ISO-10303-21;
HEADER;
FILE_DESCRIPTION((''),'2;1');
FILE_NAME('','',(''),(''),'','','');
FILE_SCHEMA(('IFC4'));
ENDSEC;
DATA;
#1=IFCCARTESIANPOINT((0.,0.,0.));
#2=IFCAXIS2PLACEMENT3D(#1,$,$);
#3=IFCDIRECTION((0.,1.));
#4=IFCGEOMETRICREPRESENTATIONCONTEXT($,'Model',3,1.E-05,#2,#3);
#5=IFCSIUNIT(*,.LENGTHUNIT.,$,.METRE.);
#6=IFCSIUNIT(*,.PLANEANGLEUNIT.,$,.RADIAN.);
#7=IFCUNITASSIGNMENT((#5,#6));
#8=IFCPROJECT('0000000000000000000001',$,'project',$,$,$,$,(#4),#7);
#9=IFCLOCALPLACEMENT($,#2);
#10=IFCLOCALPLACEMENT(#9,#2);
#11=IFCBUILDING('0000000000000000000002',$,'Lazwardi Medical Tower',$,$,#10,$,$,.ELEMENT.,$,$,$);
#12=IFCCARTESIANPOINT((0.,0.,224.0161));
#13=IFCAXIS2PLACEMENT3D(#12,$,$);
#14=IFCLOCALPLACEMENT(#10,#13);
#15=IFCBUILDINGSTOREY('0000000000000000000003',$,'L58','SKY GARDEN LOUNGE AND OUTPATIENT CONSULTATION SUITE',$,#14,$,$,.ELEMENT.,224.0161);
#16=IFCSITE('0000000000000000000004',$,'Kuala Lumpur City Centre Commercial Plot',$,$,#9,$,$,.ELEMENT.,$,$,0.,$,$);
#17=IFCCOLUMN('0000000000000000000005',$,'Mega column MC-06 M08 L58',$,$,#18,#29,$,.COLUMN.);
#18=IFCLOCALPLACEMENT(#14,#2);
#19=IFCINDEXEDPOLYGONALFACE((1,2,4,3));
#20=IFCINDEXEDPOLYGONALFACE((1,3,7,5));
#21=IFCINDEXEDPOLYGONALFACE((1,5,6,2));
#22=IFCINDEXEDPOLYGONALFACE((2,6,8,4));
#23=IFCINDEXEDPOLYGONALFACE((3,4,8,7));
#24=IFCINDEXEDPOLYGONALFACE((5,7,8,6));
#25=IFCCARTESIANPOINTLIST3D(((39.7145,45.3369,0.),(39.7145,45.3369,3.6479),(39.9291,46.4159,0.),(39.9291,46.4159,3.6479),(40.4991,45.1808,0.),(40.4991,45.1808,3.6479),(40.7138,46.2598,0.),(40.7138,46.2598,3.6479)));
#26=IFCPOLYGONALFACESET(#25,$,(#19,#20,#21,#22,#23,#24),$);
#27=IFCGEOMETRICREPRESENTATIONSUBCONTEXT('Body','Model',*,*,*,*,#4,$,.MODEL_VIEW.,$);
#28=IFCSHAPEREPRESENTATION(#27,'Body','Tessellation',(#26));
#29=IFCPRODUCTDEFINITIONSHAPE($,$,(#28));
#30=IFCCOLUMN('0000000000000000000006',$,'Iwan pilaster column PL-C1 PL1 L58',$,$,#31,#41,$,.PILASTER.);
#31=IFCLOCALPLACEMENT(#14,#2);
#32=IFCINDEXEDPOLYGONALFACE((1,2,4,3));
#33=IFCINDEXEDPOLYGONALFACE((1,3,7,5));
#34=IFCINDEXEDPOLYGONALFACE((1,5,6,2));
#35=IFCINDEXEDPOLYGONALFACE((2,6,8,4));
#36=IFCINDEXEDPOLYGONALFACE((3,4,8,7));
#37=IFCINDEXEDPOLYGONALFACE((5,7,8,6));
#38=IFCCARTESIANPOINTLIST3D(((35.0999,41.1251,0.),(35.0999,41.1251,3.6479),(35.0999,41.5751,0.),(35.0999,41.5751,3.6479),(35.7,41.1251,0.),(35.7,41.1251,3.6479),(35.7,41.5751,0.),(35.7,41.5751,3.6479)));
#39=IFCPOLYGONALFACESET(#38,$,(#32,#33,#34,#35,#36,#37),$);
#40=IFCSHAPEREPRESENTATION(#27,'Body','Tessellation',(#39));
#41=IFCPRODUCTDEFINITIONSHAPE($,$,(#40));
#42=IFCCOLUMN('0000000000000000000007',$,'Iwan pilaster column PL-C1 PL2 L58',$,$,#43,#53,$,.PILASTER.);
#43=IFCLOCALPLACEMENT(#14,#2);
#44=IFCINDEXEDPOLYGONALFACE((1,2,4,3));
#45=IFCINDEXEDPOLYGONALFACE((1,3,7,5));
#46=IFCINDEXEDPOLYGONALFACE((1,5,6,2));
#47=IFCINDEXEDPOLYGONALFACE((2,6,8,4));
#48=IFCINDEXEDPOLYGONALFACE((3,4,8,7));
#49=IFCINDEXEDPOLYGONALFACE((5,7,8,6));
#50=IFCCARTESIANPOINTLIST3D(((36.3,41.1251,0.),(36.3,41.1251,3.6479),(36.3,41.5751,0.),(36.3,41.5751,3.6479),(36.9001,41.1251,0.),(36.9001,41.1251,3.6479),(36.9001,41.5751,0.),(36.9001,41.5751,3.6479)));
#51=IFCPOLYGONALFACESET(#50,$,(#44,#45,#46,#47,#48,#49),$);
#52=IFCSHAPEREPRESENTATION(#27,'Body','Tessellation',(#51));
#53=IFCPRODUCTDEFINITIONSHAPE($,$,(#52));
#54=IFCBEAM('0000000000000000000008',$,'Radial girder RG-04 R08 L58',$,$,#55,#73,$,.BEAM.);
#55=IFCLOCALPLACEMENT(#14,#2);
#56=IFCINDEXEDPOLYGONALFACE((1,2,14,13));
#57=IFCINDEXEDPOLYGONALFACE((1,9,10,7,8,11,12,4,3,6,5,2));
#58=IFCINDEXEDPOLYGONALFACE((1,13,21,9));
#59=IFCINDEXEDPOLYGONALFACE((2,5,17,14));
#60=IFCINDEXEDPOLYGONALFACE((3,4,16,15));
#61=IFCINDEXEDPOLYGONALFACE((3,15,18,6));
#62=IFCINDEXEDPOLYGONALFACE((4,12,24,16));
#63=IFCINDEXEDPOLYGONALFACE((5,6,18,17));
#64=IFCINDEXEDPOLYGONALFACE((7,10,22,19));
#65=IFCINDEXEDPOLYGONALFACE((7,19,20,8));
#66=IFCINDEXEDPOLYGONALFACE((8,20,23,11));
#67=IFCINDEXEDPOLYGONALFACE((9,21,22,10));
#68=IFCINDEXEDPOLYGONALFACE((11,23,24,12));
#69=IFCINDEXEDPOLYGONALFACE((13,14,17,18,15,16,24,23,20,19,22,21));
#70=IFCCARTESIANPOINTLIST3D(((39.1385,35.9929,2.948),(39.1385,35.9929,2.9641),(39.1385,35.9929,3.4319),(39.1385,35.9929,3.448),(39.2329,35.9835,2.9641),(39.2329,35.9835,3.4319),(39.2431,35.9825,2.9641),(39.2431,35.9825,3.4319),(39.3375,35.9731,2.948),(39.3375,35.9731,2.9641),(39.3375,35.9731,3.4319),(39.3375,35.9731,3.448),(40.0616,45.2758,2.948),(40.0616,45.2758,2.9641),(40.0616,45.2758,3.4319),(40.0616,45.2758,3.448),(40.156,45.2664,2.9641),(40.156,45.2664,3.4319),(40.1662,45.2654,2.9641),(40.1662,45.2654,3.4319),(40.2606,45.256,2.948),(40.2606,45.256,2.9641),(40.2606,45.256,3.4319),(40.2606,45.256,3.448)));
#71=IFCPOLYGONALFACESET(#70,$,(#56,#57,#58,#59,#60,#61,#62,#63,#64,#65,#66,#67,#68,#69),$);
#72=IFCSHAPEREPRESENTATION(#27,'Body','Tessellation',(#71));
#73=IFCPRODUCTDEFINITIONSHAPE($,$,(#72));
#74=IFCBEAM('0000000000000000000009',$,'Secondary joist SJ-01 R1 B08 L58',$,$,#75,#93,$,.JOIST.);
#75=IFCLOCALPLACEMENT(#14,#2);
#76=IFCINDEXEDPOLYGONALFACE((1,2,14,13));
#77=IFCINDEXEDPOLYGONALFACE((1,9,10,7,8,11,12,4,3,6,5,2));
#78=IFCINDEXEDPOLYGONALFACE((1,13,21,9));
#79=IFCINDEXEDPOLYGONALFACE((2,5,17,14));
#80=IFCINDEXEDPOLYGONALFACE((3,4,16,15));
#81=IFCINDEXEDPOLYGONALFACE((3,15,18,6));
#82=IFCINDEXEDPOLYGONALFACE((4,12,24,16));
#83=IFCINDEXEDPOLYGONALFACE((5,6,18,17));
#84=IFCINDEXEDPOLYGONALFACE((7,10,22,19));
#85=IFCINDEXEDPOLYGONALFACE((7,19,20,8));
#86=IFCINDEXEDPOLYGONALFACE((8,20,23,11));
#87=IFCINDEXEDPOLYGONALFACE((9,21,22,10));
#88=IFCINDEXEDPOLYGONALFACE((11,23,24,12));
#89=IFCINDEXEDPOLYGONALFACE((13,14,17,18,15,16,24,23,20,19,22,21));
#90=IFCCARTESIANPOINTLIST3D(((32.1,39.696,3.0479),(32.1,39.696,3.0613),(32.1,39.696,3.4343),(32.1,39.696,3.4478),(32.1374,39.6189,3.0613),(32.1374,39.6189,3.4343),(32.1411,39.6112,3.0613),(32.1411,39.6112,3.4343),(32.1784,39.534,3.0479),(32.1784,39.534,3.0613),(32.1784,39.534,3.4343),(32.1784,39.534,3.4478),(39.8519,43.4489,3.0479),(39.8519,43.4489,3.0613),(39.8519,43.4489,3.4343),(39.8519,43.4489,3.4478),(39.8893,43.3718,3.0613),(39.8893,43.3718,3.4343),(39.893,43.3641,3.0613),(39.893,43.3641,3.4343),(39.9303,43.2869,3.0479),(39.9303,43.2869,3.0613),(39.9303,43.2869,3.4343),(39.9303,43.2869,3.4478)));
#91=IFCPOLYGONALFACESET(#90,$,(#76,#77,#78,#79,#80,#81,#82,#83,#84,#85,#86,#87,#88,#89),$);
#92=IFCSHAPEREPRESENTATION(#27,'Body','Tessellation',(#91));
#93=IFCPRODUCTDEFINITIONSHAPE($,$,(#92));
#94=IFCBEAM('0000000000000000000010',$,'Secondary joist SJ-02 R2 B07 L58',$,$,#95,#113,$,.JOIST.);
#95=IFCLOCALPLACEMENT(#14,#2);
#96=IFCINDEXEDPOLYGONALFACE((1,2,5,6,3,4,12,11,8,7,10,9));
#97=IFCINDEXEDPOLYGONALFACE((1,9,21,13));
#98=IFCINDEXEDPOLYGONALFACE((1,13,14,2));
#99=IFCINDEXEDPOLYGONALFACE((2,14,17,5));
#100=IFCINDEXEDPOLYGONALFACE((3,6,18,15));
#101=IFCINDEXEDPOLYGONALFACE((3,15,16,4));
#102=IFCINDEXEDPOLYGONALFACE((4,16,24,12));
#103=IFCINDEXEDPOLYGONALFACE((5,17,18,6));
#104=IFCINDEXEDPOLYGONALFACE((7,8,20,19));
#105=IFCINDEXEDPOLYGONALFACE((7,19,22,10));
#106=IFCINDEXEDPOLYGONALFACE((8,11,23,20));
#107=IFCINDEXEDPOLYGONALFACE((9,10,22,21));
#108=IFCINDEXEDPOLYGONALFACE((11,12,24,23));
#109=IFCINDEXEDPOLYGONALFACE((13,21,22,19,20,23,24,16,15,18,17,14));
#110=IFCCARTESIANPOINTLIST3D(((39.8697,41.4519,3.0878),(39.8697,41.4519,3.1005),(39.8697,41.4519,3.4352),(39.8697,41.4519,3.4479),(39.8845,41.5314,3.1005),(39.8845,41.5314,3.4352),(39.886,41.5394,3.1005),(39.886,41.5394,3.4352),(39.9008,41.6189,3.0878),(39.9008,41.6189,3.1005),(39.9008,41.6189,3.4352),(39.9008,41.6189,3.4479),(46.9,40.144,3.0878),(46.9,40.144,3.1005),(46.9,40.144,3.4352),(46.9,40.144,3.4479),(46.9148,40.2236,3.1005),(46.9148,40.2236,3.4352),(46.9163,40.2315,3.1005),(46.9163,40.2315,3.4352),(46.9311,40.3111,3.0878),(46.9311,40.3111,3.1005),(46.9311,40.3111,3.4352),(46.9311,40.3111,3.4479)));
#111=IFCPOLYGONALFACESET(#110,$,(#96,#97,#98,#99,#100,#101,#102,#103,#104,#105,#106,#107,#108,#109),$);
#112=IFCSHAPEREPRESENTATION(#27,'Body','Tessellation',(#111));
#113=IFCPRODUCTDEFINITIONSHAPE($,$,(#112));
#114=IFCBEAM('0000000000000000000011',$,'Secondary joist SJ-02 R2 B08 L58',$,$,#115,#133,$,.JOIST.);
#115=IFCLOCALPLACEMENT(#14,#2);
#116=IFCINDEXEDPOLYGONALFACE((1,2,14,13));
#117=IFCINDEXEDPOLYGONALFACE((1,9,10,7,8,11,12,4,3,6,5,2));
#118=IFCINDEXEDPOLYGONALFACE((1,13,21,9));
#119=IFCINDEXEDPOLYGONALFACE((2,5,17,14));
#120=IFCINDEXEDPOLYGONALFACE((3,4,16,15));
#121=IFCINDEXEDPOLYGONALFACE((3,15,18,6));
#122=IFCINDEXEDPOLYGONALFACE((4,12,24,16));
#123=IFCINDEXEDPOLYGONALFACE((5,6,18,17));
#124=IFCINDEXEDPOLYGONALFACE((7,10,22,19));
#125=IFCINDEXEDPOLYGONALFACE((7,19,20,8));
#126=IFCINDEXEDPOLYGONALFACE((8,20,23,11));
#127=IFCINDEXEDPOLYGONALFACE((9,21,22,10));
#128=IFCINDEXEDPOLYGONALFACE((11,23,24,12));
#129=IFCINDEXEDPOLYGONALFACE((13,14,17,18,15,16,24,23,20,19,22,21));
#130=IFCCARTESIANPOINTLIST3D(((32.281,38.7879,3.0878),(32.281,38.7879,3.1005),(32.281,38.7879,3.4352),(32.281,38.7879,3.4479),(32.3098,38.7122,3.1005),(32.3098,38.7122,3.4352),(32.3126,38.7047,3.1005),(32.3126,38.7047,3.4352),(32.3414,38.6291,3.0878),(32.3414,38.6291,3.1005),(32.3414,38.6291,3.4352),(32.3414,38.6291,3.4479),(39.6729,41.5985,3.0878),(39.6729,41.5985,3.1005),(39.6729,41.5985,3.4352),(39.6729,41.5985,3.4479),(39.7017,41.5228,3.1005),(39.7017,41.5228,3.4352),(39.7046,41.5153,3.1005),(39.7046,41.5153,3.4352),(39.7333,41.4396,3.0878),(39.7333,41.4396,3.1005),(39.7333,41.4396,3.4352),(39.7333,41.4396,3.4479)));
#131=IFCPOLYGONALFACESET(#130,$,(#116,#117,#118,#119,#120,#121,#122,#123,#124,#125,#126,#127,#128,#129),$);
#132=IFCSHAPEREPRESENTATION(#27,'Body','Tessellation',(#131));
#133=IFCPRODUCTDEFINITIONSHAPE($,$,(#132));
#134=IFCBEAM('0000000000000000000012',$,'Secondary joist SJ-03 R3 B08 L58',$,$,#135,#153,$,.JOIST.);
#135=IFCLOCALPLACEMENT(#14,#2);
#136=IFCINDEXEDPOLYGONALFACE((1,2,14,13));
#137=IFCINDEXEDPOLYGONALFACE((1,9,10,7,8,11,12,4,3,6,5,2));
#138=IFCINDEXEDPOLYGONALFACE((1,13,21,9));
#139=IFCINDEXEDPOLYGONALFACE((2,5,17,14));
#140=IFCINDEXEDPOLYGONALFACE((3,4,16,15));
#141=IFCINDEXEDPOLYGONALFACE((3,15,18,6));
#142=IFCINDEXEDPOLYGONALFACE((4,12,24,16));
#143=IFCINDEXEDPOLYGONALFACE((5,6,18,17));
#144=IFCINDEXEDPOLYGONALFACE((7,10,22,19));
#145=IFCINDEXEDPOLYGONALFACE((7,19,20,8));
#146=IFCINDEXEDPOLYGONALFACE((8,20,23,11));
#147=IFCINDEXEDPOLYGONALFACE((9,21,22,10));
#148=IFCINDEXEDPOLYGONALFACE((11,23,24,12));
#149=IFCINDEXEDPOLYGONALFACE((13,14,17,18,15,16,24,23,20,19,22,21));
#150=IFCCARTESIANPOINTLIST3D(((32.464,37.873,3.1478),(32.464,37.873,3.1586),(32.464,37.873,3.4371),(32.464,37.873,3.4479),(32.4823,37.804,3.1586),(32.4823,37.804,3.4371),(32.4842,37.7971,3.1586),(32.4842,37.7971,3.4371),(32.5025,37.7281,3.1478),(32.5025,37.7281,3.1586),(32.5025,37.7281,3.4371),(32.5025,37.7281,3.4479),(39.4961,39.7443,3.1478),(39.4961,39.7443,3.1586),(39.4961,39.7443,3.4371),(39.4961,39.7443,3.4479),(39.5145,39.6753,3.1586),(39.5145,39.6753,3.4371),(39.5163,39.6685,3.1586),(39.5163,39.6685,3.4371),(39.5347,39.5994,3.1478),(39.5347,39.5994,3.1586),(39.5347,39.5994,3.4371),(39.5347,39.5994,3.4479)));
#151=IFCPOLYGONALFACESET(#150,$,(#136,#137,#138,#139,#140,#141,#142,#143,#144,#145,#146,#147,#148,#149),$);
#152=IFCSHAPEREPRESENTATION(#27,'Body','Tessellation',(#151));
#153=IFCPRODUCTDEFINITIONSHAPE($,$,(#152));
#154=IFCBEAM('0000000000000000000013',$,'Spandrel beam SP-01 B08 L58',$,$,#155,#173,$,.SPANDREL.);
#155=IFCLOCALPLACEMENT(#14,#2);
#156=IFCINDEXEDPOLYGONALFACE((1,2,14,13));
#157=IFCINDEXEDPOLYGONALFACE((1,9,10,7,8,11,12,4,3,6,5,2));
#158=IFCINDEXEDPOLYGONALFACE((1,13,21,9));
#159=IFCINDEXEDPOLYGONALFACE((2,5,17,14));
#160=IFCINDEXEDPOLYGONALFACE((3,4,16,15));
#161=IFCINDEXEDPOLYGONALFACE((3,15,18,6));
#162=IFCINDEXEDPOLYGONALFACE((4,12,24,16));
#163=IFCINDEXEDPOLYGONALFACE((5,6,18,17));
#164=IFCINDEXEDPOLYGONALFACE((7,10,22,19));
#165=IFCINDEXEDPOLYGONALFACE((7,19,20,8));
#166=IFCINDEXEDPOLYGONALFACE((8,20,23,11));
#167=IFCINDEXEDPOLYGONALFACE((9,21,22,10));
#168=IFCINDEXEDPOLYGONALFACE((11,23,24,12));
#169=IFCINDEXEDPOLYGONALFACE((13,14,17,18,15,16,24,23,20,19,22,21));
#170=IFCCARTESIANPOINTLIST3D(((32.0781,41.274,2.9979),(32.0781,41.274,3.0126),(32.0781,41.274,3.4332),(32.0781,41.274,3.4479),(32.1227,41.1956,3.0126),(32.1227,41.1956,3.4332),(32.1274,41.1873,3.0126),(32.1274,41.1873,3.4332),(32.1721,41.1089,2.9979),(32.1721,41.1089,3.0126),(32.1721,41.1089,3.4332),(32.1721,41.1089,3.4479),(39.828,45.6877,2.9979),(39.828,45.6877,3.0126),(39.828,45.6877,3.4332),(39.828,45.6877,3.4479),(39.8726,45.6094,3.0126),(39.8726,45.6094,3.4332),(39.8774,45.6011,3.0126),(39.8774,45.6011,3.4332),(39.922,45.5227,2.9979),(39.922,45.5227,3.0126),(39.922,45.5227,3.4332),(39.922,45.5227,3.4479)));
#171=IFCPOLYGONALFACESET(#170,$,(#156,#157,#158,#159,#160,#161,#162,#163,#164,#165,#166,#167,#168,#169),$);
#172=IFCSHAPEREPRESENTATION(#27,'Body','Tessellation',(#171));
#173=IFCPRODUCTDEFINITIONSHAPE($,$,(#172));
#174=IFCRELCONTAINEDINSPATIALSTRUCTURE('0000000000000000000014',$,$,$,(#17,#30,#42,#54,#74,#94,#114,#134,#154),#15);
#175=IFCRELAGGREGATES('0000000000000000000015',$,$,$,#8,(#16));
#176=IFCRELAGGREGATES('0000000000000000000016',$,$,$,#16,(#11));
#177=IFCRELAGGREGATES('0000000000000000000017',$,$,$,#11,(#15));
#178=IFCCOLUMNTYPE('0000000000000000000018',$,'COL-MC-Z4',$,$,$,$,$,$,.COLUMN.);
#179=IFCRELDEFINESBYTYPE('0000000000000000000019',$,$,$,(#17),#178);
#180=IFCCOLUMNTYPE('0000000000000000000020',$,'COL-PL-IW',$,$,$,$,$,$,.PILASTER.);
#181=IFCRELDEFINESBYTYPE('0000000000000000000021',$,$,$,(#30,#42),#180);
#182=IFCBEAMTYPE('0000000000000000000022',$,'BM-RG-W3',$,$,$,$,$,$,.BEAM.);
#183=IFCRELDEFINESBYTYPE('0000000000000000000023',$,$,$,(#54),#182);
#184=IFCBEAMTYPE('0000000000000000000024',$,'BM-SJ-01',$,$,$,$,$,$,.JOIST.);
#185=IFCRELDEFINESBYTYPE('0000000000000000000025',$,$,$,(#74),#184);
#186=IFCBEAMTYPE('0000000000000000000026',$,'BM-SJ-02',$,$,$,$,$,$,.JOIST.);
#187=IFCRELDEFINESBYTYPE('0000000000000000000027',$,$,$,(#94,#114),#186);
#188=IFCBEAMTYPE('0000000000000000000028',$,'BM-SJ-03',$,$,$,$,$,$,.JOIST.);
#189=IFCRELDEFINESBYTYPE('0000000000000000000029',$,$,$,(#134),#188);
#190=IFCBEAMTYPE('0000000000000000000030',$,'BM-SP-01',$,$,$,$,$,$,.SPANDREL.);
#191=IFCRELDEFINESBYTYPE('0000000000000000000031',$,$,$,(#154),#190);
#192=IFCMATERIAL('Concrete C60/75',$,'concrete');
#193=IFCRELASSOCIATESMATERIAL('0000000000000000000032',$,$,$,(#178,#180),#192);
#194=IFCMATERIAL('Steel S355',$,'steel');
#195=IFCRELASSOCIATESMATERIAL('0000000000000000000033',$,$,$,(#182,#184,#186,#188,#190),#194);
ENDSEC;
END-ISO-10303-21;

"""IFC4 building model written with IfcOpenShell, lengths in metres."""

from ifc_helpers import new_model, si_unit, direction, frame, origin, origin_2d, place, context, subcontext, project, spatial, rectangle, i_section, extrude, material, material_profile, profile_set, type_object, element, save


model = new_model("IFC4")

# Units and contexts
model_context = context("Model", 3, precision=1e-05, world=origin(), true_north=direction((0.0, 1.0)))
body_context = subcontext(model_context, "Body", "Model", "MODEL_VIEW")
ifc_project = project(units=[si_unit("LENGTHUNIT", "METRE"), si_unit("PLANEANGLEUNIT", "RADIAN")], contexts=[model_context])

# Site, building, storey
site_placement = place(None, origin())
site = spatial("IfcSite", under=ifc_project, at=site_placement, Name="Kuala Lumpur City Centre Commercial Plot", CompositionType="ELEMENT", RefElevation=0.0)
building_placement = place(site_placement, origin())
building = spatial("IfcBuilding", under=site, at=building_placement, Name="Lazwardi Medical Tower", CompositionType="ELEMENT")
storey_placement = place(building_placement, frame((0.0, 0.0, 224.0161)))
storey = spatial("IfcBuildingStorey", under=building, at=storey_placement, Name="L58", Description="SKY GARDEN LOUNGE AND OUTPATIENT CONSULTATION SUITE", CompositionType="ELEMENT", Elevation=224.0161)

# Columns
ifc_material_1 = material(Name="Concrete C60/75", Category="concrete")
ifc_material_profile_1 = material_profile(ifc_material_1, rectangle(XDim=1.1001, YDim=0.8, at=origin_2d()), Name="CFT-RECT 1100x800")
ifc_profile_set_1 = profile_set([ifc_material_profile_1], Name="Concrete C60/75")
column_type_1 = type_object("IfcColumnType", Name="COL-MC-Z4", PredefinedType="COLUMN", material=ifc_profile_set_1)
column_placement = place(storey_placement, frame((40.2141, 45.7983, 0.0), z_axis=(0.0, 0.0, 1.0), x_axis=(0.19509, 0.980785, 0.0)))
element("IfcColumn", 1, at=column_placement, inside=storey, type_object=column_type_1, Name="Mega column MC-06 M08 L58", PredefinedType="COLUMN", context=body_context, shape_type="SweptSolid", body=[
    extrude(rectangle(XDim=1.1001, YDim=0.8, at=origin_2d()), origin(), (0.0, 0.0, 1.0), 3.6479),
])
ifc_material_profile_2 = material_profile(ifc_material_1, rectangle(XDim=0.6001, YDim=0.45, at=origin_2d()), Name="RC 600x450")
ifc_profile_set_2 = profile_set([ifc_material_profile_2], Name="Concrete C60/75")
column_type_2 = type_object("IfcColumnType", Name="COL-PL-IW", PredefinedType="PILASTER", material=ifc_profile_set_2)
for number, where, z_axis, x_axis, name in (
    (2, (35.3999, 41.3501, 0.0), (0.0, 0.0, 1.0), (1.0, 0.0, 0.0), "Iwan pilaster column PL-C1 PL1 L58"),
    (3, (36.6001, 41.3501, 0.0), (0.0, 0.0, 1.0), (1.0, 0.0, 0.0), "Iwan pilaster column PL-C1 PL2 L58"),
):
    element("IfcColumn", number, at=place(storey_placement, frame(where, z_axis=z_axis, x_axis=x_axis)), inside=storey, type_object=column_type_2, Name=name, PredefinedType="PILASTER", context=body_context, shape_type="SweptSolid", body=[
        extrude(rectangle(XDim=0.6001, YDim=0.45, at=origin_2d()), origin(), (0.0, 0.0, 1.0), 3.6479),
    ])

# Beams
ifc_material_2 = material(Name="Steel S355", Category="steel")
ifc_material_profile_3 = material_profile(ifc_material_2, i_section(OverallWidth=0.2, OverallDepth=0.5, WebThickness=0.0103, FlangeThickness=0.0161, at=origin_2d()), Name="IPE 500")
ifc_profile_set_3 = profile_set([ifc_material_profile_3], Name="Steel S355")
beam_type_1 = type_object("IfcBeamType", Name="BM-RG-W3", PredefinedType="BEAM", material=ifc_profile_set_3)
beam_1_placement = place(storey_placement, frame((40.1611, 45.2659, 3.198), z_axis=(-0.098954, -0.995092, 0.0), x_axis=(0.995092, -0.098954, 0.0)))
element("IfcBeam", 4, at=beam_1_placement, inside=storey, type_object=beam_type_1, Name="Radial girder RG-04 R08 L58", PredefinedType="BEAM", context=body_context, shape_type="SweptSolid", body=[
    extrude(i_section(OverallWidth=0.2, OverallDepth=0.5, WebThickness=0.0103, FlangeThickness=0.0161, at=origin_2d()), origin(), (0.0, 0.0, 1.0), 9.3286),
])
ifc_material_profile_4 = material_profile(ifc_material_2, i_section(OverallWidth=0.1799, OverallDepth=0.3999, WebThickness=0.0085, FlangeThickness=0.0134, at=origin_2d()), Name="IPE 400")
ifc_profile_set_4 = profile_set([ifc_material_profile_4], Name="Steel S355")
beam_type_2 = type_object("IfcBeamType", Name="BM-SJ-01", PredefinedType="JOIST", material=ifc_profile_set_4)
beam_2_placement = place(storey_placement, frame((39.8911, 43.3679, 3.2478), z_axis=(-0.900069, -0.435748, 0.0), x_axis=(0.435748, -0.900069, 0.0)))
element("IfcBeam", 5, at=beam_2_placement, inside=storey, type_object=beam_type_2, Name="Secondary joist SJ-01 R1 B08 L58", PredefinedType="JOIST", context=body_context, shape_type="SweptSolid", body=[
    extrude(i_section(OverallWidth=0.1799, OverallDepth=0.3999, WebThickness=0.0085, FlangeThickness=0.0134, at=origin_2d()), origin(), (0.0, 0.0, 1.0), 8.6125),
])
ifc_material_profile_5 = material_profile(ifc_material_2, i_section(OverallWidth=0.1699, OverallDepth=0.3601, WebThickness=0.0081, FlangeThickness=0.0127, at=origin_2d()), Name="IPE 360")
ifc_profile_set_5 = profile_set([ifc_material_profile_5], Name="Steel S355")
beam_type_3 = type_object("IfcBeamType", Name="BM-SJ-02", PredefinedType="JOIST", material=ifc_profile_set_5)
beam_3_placement = place(storey_placement, frame((46.9155, 40.2275, 3.2678), z_axis=(-0.983132, 0.182895, 0.0), x_axis=(-0.182895, -0.983132, 0.0)))
element("IfcBeam", 6, at=beam_3_placement, inside=storey, type_object=beam_type_3, Name="Secondary joist SJ-02 R2 B07 L58", PredefinedType="JOIST", context=body_context, shape_type="SweptSolid", body=[
    extrude(i_section(OverallWidth=0.1699, OverallDepth=0.3601, WebThickness=0.0081, FlangeThickness=0.0127, at=origin_2d()), origin(), (0.0, 0.0, 1.0), 7.1509),
])
beam_4_placement = place(storey_placement, frame((39.7031, 41.519, 3.2678), z_axis=(-0.934714, -0.3554, 0.0), x_axis=(0.3554, -0.934714, 0.0)))
element("IfcBeam", 7, at=beam_4_placement, inside=storey, type_object=beam_type_3, Name="Secondary joist SJ-02 R2 B08 L58", PredefinedType="JOIST", context=body_context, shape_type="SweptSolid", body=[
    extrude(i_section(OverallWidth=0.1699, OverallDepth=0.3601, WebThickness=0.0081, FlangeThickness=0.0127, at=origin_2d()), origin(), (0.0, 0.0, 1.0), 7.9082),
])
ifc_material_profile_6 = material_profile(ifc_material_2, i_section(OverallWidth=0.1499, OverallDepth=0.3, WebThickness=0.0071, FlangeThickness=0.0107, at=origin_2d()), Name="IPE 300")
ifc_profile_set_6 = profile_set([ifc_material_profile_6], Name="Steel S355")
beam_type_4 = type_object("IfcBeamType", Name="BM-SJ-03", PredefinedType="JOIST", material=ifc_profile_set_6)
beam_5_placement = place(storey_placement, frame((39.5154, 39.6719, 3.2979), z_axis=(-0.966369, -0.257159, 0.0), x_axis=(0.257159, -0.966369, 0.0)))
element("IfcBeam", 8, at=beam_5_placement, inside=storey, type_object=beam_type_4, Name="Secondary joist SJ-03 R3 B08 L58", PredefinedType="JOIST", context=body_context, shape_type="SweptSolid", body=[
    extrude(i_section(OverallWidth=0.1499, OverallDepth=0.3, WebThickness=0.0071, FlangeThickness=0.0107, at=origin_2d()), origin(), (0.0, 0.0, 1.0), 7.2769),
])
ifc_material_profile_7 = material_profile(ifc_material_2, i_section(OverallWidth=0.1899, OverallDepth=0.45, WebThickness=0.0095, FlangeThickness=0.0146, at=origin_2d()), Name="IPE 450")
ifc_profile_set_7 = profile_set([ifc_material_profile_7], Name="Steel S355")
beam_type_5 = type_object("IfcBeamType", Name="BM-SP-01", PredefinedType="SPANDREL", material=ifc_profile_set_7)
beam_6_placement = place(storey_placement, frame((39.875, 45.6052, 3.2229), z_axis=(-0.868955, -0.494891, 0.0), x_axis=(0.494891, -0.868955, 0.0)))
element("IfcBeam", 9, at=beam_6_placement, inside=storey, type_object=beam_type_5, Name="Spandrel beam SP-01 B08 L58", PredefinedType="SPANDREL", context=body_context, shape_type="SweptSolid", body=[
    extrude(i_section(OverallWidth=0.1899, OverallDepth=0.45, WebThickness=0.0095, FlangeThickness=0.0146, at=origin_2d()), origin(), (0.0, 0.0, 1.0), 8.9187),
])

save(model, "model.ifc")
